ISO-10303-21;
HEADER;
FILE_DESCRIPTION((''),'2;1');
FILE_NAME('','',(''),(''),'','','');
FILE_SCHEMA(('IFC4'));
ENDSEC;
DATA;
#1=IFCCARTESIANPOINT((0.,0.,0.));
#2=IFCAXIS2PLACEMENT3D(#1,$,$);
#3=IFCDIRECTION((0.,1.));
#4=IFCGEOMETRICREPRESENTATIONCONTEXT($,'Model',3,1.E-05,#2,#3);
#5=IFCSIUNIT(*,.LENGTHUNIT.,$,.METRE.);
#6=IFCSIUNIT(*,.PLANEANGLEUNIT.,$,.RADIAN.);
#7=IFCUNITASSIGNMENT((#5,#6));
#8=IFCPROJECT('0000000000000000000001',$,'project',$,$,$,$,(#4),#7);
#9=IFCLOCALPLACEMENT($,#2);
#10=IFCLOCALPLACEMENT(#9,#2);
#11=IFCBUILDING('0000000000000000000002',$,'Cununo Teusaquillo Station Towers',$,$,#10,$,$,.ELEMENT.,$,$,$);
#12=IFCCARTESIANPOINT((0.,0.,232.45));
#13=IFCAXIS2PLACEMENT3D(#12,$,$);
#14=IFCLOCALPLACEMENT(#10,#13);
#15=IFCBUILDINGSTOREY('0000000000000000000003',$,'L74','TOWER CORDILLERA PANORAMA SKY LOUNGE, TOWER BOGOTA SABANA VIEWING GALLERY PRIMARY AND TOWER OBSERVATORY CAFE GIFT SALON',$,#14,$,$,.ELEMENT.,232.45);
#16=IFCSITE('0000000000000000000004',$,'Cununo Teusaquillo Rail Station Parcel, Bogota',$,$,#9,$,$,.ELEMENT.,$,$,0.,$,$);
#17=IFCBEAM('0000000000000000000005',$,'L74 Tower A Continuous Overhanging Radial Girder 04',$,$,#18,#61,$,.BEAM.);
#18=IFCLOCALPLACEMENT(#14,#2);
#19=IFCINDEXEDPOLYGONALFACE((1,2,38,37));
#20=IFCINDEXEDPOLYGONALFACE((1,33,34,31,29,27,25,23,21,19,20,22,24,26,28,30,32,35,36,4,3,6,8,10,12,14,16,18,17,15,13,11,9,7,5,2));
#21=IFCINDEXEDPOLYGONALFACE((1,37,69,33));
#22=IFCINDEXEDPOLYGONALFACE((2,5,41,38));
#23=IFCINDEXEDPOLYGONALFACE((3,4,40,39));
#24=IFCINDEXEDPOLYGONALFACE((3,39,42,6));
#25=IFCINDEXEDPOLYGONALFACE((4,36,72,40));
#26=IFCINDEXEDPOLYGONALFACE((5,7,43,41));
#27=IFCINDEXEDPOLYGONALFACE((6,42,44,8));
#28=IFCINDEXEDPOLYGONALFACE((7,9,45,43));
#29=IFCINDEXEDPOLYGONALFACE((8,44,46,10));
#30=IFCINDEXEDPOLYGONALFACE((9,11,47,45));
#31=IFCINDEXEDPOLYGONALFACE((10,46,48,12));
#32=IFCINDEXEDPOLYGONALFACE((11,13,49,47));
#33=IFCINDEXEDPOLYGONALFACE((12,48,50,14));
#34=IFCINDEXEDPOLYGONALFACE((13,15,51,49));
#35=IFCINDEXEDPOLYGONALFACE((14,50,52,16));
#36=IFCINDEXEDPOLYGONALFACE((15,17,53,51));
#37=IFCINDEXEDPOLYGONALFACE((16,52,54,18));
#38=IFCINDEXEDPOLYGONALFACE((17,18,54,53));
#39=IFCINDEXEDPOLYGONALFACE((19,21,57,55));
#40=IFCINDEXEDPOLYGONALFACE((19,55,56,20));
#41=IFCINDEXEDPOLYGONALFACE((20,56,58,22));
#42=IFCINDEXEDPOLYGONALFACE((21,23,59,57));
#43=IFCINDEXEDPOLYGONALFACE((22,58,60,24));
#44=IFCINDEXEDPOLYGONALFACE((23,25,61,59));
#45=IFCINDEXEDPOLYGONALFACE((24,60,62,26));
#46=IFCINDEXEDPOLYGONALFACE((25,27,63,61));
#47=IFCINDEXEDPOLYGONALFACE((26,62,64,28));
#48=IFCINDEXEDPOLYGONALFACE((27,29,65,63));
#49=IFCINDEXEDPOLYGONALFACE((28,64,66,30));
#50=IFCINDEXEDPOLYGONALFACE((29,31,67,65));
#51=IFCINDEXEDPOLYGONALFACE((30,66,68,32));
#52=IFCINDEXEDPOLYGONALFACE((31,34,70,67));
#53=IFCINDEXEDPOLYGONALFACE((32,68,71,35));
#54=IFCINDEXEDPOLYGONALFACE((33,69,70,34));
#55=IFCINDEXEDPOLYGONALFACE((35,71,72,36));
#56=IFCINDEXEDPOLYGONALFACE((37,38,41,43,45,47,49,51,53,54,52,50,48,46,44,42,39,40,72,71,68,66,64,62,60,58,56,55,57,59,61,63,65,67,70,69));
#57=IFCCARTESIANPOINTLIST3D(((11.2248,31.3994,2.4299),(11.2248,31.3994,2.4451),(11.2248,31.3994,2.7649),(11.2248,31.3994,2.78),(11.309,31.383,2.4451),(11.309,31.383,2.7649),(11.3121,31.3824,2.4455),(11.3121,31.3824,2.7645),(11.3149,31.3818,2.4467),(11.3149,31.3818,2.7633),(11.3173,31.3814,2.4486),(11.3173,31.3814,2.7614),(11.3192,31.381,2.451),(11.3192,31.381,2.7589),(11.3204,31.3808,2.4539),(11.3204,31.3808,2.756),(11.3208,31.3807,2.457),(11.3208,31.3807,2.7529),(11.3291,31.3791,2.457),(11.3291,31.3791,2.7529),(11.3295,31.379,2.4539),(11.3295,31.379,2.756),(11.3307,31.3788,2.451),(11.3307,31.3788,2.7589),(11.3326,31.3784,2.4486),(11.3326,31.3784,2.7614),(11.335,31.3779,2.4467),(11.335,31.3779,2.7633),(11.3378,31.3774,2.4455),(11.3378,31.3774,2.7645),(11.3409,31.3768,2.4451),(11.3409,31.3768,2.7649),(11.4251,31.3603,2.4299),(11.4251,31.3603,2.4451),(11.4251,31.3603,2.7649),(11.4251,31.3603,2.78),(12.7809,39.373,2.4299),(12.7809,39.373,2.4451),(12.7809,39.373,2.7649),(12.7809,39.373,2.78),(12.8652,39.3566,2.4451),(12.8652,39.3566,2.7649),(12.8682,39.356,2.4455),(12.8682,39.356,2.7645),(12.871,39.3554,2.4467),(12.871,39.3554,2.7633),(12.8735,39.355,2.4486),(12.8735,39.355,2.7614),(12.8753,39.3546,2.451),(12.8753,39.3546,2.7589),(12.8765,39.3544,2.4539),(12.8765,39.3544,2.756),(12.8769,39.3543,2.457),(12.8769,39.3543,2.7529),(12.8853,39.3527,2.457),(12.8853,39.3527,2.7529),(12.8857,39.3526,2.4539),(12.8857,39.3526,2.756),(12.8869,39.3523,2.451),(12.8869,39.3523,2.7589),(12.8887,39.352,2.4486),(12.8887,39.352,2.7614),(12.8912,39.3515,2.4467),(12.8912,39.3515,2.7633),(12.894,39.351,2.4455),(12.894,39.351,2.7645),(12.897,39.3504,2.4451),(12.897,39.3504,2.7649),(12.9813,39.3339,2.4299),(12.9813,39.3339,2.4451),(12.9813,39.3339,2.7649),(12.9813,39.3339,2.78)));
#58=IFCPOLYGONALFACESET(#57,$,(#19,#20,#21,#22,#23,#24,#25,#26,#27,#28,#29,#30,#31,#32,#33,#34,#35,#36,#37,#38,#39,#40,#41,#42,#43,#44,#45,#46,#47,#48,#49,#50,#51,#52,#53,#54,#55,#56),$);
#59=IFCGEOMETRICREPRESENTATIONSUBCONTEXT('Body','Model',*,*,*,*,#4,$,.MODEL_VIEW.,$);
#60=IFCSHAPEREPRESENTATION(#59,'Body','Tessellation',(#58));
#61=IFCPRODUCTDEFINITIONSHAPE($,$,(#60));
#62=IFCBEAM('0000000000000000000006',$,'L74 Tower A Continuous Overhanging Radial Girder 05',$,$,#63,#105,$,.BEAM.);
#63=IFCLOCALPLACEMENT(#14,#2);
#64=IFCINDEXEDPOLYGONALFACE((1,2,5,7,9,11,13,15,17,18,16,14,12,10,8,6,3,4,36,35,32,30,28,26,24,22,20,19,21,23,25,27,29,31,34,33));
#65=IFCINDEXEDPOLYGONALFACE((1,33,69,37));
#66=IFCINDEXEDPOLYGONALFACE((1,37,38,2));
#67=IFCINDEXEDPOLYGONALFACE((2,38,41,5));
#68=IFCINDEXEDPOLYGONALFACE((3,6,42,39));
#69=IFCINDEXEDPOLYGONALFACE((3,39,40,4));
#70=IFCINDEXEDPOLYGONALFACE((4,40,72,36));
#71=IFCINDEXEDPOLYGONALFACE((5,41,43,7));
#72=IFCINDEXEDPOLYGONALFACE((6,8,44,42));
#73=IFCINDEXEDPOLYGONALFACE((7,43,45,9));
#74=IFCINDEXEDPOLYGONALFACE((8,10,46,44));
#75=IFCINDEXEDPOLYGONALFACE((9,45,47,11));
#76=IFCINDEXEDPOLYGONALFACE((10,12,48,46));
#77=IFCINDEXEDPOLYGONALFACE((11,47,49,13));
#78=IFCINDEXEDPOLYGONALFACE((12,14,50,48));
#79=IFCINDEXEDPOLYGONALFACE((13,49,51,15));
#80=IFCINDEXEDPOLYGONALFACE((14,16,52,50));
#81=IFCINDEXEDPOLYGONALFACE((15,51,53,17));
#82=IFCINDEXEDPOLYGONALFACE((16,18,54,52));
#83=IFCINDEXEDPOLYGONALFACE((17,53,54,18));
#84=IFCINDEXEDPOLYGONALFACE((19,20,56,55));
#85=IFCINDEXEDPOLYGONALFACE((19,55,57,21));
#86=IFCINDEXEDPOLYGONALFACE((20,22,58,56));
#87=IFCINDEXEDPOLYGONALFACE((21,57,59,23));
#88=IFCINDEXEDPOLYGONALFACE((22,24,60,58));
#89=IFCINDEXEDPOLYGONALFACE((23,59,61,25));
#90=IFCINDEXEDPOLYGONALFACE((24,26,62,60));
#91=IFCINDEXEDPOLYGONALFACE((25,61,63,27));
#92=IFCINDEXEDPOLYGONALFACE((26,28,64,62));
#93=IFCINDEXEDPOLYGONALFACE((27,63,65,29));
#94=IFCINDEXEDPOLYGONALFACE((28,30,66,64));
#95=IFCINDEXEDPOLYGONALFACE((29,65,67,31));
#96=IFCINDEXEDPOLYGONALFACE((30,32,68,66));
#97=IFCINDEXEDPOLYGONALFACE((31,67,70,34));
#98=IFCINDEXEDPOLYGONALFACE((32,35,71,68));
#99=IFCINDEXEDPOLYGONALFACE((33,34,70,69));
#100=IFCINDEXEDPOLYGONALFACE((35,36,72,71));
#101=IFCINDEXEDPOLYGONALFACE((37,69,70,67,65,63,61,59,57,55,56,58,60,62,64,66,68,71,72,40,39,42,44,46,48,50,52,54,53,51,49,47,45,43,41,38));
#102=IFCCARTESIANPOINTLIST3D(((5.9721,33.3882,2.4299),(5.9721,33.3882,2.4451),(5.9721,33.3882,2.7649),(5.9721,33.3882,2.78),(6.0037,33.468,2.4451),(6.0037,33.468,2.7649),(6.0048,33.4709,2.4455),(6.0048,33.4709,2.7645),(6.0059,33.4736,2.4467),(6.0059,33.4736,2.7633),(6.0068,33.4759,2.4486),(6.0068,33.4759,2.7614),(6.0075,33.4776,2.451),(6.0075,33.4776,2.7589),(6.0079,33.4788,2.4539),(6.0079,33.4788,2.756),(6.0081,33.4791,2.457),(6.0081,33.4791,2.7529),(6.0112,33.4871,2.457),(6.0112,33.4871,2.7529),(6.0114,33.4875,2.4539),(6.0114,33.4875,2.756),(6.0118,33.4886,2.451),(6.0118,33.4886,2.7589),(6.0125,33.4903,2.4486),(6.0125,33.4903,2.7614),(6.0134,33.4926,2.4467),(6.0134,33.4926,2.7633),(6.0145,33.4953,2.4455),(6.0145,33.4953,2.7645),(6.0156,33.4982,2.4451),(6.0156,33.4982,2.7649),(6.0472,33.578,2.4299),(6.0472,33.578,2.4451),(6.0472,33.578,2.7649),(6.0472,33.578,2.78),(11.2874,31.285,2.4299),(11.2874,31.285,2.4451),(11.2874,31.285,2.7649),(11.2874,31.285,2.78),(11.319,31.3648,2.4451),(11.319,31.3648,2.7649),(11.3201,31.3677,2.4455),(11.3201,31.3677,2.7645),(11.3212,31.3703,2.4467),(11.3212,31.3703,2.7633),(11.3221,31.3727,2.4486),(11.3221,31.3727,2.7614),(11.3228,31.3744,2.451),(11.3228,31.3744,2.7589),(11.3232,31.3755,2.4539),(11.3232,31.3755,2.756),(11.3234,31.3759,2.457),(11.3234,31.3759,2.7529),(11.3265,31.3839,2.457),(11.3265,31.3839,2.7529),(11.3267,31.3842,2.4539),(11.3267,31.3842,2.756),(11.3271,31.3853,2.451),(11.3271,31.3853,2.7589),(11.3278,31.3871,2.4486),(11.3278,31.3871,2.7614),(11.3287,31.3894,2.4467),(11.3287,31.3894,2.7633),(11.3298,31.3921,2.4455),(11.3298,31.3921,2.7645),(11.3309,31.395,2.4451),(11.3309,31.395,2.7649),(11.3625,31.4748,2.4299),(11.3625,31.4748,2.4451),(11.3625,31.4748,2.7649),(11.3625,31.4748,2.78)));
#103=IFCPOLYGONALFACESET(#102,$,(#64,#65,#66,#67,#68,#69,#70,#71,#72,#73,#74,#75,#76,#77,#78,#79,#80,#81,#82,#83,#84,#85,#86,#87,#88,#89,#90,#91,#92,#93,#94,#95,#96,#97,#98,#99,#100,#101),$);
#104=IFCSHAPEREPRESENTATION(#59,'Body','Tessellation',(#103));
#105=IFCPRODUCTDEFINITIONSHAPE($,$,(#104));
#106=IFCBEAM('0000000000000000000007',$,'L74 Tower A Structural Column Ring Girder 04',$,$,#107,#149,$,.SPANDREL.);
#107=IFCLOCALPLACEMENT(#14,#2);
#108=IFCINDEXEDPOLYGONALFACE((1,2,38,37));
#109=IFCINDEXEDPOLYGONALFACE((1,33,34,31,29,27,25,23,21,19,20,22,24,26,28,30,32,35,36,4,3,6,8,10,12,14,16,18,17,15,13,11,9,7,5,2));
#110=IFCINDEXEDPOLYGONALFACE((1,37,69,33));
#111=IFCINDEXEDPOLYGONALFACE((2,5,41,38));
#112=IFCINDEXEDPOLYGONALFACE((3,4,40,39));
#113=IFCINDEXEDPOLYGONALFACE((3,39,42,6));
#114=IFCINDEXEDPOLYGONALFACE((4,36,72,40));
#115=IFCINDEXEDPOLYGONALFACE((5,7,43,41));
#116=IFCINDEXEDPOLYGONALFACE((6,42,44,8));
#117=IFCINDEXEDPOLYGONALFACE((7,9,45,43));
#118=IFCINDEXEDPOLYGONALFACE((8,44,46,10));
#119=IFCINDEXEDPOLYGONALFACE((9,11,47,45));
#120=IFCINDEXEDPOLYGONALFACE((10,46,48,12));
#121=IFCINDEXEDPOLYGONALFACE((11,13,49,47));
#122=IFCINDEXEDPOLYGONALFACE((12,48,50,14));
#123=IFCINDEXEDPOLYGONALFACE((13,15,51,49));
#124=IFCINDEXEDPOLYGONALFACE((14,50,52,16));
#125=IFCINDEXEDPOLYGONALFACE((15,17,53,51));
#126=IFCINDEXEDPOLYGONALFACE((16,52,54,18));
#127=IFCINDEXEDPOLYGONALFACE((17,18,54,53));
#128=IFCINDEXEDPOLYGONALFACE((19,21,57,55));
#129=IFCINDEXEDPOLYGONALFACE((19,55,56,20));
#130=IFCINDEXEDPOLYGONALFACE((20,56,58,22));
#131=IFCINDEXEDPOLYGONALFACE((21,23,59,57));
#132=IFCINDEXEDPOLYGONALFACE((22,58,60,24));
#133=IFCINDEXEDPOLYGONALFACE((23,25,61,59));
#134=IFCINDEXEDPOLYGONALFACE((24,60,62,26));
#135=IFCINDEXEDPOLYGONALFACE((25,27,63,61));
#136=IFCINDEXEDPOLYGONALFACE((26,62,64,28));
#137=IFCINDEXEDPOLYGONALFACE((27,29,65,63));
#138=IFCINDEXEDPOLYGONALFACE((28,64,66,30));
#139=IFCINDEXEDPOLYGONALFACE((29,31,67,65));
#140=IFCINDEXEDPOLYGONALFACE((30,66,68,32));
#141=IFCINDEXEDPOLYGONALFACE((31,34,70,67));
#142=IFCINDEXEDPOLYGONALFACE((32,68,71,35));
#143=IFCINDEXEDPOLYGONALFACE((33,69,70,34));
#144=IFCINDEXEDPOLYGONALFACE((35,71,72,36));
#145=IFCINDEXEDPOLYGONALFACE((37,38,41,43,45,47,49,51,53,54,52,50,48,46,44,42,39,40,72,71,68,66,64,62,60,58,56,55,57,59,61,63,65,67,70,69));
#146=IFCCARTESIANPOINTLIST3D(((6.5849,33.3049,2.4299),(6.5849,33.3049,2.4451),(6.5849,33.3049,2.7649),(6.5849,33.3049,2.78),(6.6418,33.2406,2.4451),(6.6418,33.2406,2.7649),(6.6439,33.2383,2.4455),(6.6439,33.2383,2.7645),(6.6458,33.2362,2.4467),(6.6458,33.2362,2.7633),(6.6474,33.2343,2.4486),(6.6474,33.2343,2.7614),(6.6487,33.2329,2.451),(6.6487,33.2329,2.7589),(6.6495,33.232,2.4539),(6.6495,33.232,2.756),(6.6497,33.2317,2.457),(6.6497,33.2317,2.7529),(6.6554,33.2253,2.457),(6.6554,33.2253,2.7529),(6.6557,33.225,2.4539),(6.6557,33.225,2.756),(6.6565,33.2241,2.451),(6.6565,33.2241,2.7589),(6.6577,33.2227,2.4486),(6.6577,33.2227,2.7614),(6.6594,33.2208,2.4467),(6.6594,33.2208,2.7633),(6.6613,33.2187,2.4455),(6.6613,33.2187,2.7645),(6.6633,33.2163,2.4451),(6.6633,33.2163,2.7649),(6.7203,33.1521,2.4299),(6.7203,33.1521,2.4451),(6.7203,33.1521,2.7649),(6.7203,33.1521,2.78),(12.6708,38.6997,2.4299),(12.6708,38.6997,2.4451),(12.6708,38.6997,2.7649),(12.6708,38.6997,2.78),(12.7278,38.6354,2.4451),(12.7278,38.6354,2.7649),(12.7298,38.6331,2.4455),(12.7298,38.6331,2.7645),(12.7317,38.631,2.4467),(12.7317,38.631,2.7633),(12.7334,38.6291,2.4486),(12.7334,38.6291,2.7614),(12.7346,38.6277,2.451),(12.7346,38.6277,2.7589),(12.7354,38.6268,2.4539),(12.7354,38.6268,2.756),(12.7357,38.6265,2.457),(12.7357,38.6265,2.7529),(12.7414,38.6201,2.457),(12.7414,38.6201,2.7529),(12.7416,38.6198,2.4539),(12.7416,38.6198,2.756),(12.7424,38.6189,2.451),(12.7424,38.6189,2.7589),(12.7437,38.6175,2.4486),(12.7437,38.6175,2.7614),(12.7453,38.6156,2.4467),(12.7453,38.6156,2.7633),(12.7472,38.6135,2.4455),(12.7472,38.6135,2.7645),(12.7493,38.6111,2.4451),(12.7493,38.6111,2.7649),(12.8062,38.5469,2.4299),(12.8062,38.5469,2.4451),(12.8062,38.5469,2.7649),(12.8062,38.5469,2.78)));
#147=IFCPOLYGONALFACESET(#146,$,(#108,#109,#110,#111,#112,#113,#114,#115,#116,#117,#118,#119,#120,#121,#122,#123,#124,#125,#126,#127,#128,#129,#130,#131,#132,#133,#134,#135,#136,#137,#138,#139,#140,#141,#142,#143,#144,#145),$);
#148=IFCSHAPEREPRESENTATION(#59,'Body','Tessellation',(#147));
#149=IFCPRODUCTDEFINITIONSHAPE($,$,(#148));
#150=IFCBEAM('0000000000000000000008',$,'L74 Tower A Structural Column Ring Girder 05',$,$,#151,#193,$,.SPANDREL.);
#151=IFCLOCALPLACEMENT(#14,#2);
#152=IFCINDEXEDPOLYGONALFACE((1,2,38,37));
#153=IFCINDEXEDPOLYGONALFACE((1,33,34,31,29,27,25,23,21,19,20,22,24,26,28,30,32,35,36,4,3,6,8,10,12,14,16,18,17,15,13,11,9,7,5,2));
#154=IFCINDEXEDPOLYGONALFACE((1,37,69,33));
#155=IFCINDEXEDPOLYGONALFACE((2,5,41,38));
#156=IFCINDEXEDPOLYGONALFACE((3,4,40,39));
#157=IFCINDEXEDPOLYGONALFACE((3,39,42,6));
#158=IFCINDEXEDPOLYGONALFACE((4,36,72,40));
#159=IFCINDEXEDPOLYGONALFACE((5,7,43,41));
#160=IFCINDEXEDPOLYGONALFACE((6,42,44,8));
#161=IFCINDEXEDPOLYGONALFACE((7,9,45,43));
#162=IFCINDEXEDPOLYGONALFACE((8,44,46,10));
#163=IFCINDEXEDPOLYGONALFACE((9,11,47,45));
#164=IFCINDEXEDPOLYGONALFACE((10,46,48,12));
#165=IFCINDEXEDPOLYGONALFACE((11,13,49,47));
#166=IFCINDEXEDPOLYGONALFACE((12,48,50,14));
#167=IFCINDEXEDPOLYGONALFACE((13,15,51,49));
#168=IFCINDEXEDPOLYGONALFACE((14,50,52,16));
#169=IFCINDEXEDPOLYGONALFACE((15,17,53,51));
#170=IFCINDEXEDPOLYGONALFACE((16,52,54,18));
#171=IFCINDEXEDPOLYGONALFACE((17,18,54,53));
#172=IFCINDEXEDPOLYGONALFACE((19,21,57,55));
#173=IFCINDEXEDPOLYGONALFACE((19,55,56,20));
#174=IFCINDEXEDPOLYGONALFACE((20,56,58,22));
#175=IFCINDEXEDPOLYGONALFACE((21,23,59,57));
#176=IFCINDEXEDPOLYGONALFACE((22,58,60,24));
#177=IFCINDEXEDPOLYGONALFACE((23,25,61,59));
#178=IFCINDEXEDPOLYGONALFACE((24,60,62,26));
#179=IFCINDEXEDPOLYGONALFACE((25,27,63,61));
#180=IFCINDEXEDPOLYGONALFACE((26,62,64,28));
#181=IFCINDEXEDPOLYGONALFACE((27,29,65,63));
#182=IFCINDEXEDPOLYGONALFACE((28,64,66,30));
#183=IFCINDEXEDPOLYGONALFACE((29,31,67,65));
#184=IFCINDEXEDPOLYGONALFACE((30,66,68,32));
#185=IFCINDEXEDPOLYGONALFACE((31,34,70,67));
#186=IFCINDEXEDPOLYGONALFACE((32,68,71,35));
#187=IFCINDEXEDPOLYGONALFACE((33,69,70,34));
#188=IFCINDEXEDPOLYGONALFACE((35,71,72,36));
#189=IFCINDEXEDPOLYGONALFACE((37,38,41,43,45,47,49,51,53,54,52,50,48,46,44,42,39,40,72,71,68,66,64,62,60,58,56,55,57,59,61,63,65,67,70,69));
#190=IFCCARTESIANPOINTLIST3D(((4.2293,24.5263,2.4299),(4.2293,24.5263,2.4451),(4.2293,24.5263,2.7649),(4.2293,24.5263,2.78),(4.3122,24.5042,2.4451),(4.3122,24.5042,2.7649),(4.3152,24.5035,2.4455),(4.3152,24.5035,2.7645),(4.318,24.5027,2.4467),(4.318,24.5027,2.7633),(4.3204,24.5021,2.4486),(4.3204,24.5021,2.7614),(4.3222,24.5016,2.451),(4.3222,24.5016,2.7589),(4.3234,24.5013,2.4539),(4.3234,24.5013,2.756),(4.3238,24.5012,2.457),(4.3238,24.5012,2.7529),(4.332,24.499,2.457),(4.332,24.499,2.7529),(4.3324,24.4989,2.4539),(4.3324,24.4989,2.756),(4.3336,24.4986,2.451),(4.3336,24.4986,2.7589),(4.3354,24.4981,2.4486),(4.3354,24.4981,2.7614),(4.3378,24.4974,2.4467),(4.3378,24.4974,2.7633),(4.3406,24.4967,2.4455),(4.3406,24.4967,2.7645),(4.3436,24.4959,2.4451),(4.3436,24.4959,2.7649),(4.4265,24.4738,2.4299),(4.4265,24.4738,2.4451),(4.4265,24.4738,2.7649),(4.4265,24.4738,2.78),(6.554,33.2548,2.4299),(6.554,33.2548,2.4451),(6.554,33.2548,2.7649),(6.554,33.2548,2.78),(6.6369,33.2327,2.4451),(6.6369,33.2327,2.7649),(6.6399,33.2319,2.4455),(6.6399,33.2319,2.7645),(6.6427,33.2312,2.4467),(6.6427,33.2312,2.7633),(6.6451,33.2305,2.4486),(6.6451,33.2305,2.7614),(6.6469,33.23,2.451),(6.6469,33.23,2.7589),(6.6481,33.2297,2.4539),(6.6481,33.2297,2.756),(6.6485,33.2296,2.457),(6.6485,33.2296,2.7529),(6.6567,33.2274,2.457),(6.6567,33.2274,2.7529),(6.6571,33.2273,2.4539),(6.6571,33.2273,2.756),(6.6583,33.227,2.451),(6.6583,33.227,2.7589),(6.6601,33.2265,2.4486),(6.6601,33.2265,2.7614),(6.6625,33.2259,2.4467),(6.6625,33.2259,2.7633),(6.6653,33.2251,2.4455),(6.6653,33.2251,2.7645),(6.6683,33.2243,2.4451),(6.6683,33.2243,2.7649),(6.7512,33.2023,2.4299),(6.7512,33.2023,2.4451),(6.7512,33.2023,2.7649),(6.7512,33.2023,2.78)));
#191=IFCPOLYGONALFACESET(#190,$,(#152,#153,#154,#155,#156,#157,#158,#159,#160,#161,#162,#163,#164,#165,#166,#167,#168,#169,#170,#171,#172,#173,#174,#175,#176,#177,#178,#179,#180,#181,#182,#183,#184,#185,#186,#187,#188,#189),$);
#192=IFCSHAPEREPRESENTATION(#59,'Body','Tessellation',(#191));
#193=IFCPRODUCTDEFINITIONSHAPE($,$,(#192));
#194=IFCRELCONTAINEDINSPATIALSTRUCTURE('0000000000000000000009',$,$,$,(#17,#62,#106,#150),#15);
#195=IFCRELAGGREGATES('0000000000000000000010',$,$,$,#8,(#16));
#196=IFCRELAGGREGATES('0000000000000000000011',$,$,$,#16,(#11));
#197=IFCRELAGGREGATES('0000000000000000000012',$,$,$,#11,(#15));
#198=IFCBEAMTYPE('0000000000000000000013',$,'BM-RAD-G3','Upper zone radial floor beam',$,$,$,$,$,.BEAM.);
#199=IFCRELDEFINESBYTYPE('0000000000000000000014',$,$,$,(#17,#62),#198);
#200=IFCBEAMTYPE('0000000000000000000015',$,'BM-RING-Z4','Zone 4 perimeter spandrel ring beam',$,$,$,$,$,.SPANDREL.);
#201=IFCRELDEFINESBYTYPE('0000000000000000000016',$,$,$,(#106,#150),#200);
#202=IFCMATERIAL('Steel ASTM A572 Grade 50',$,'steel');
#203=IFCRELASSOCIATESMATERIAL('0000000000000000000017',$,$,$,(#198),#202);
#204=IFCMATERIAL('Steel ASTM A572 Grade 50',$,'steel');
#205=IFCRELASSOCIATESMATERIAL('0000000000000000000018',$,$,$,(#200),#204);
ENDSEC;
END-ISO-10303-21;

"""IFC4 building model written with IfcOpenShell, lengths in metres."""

from ifc_helpers import new_model, si_unit, direction, frame, origin, origin_2d, place, context, subcontext, project, spatial, i_section, extrude, material, material_profile, profile_set, type_object, element, save


model = new_model("IFC4")

# Units and contexts
model_context = context("Model", 3, precision=1e-05, world=origin(), true_north=direction((0.0, 1.0)))
body_context = subcontext(model_context, "Body", "Model", "MODEL_VIEW")
ifc_project = project(units=[si_unit("LENGTHUNIT", "METRE"), si_unit("PLANEANGLEUNIT", "RADIAN")], contexts=[model_context])

# Site, building, storey
site_placement = place(None, origin())
site = spatial("IfcSite", under=ifc_project, at=site_placement, Name="Cununo Teusaquillo Rail Station Parcel, Bogota", CompositionType="ELEMENT", RefElevation=0.0)
building_placement = place(site_placement, origin())
building = spatial("IfcBuilding", under=site, at=building_placement, Name="Cununo Teusaquillo Station Towers", CompositionType="ELEMENT")
storey_placement = place(building_placement, frame((0.0, 0.0, 232.45)))
storey = spatial("IfcBuildingStorey", under=building, at=storey_placement, Name="L74", Description="TOWER CORDILLERA PANORAMA SKY LOUNGE, TOWER BOGOTA SABANA VIEWING GALLERY PRIMARY AND TOWER OBSERVATORY CAFE GIFT SALON", CompositionType="ELEMENT", Elevation=232.45)

# Beams
ifc_material_1 = material(Name="Steel ASTM A572 Grade 50", Category="steel")
ifc_material_profile_1 = material_profile(ifc_material_1, i_section(OverallWidth=0.2041, OverallDepth=0.3501, WebThickness=0.0085, FlangeThickness=0.0151, FilletRadius=0.012, at=origin_2d()), Name="W14X48")
ifc_profile_set_1 = profile_set([ifc_material_profile_1], Name="Steel ASTM A572 Grade 50")
beam_type_1 = type_object("IfcBeamType", Name="BM-RAD-G3", Description="Upper zone radial floor beam", PredefinedType="BEAM", material=ifc_profile_set_1)
beam_1_placement = place(storey_placement, frame((11.325, 31.3799, 2.605), z_axis=(0.191548, 0.981483, 0.0), x_axis=(-0.981483, 0.191548, 0.0)))
element("IfcBeam", 1, at=beam_1_placement, inside=storey, type_object=beam_type_1, Name="L74 Tower A Continuous Overhanging Radial Girder 04", PredefinedType="BEAM", context=body_context, shape_type="SweptSolid", body=[
    extrude(i_section(OverallWidth=0.2041, OverallDepth=0.3501, WebThickness=0.0085, FlangeThickness=0.0151, FilletRadius=0.012, at=origin_2d()), origin(), (0.0, 0.0, 1.0), 8.124),
])
beam_2_placement = place(storey_placement, frame((11.325, 31.3799, 2.605), z_axis=(-0.929852, 0.367935, 0.0), x_axis=(-0.367935, -0.929852, 0.0)))
element("IfcBeam", 2, at=beam_2_placement, inside=storey, type_object=beam_type_1, Name="L74 Tower A Continuous Overhanging Radial Girder 05", PredefinedType="BEAM", context=body_context, shape_type="SweptSolid", body=[
    extrude(i_section(OverallWidth=0.2041, OverallDepth=0.3501, WebThickness=0.0085, FlangeThickness=0.0151, FilletRadius=0.012, at=origin_2d()), origin(), (0.0, 0.0, 1.0), 5.7163),
])
ifc_material_2 = material(Name="Steel ASTM A572 Grade 50", Category="steel")
ifc_material_profile_2 = material_profile(ifc_material_2, i_section(OverallWidth=0.2041, OverallDepth=0.3501, WebThickness=0.0085, FlangeThickness=0.0151, FilletRadius=0.012, at=origin_2d()), Name="W14X48")
ifc_profile_set_2 = profile_set([ifc_material_profile_2], Name="Steel ASTM A572 Grade 50")
beam_type_2 = type_object("IfcBeamType", Name="BM-RING-Z4", Description="Zone 4 perimeter spandrel ring beam", PredefinedType="SPANDREL", material=ifc_profile_set_2)
beam_3_placement = place(storey_placement, frame((12.7385, 38.6233, 2.605), z_axis=(-0.748321, -0.663337, 0.0), x_axis=(0.663337, -0.748321, 0.0)))
element("IfcBeam", 3, at=beam_3_placement, inside=storey, type_object=beam_type_2, Name="L74 Tower A Structural Column Ring Girder 04", PredefinedType="SPANDREL", context=body_context, shape_type="SweptSolid", body=[
    extrude(i_section(OverallWidth=0.2041, OverallDepth=0.3501, WebThickness=0.0085, FlangeThickness=0.0151, FilletRadius=0.012, at=origin_2d()), origin(), (0.0, 0.0, 1.0), 8.1328),
])
beam_4_placement = place(storey_placement, frame((6.6526, 33.2285, 2.605), z_axis=(-0.257363, -0.966315, 0.0), x_axis=(0.966315, -0.257363, 0.0)))
element("IfcBeam", 4, at=beam_4_placement, inside=storey, type_object=beam_type_2, Name="L74 Tower A Structural Column Ring Girder 05", PredefinedType="SPANDREL", context=body_context, shape_type="SweptSolid", body=[
    extrude(i_section(OverallWidth=0.2041, OverallDepth=0.3501, WebThickness=0.0085, FlangeThickness=0.0151, FilletRadius=0.012, at=origin_2d()), origin(), (0.0, 0.0, 1.0), 9.0327),
])

save(model, "model.ifc")
